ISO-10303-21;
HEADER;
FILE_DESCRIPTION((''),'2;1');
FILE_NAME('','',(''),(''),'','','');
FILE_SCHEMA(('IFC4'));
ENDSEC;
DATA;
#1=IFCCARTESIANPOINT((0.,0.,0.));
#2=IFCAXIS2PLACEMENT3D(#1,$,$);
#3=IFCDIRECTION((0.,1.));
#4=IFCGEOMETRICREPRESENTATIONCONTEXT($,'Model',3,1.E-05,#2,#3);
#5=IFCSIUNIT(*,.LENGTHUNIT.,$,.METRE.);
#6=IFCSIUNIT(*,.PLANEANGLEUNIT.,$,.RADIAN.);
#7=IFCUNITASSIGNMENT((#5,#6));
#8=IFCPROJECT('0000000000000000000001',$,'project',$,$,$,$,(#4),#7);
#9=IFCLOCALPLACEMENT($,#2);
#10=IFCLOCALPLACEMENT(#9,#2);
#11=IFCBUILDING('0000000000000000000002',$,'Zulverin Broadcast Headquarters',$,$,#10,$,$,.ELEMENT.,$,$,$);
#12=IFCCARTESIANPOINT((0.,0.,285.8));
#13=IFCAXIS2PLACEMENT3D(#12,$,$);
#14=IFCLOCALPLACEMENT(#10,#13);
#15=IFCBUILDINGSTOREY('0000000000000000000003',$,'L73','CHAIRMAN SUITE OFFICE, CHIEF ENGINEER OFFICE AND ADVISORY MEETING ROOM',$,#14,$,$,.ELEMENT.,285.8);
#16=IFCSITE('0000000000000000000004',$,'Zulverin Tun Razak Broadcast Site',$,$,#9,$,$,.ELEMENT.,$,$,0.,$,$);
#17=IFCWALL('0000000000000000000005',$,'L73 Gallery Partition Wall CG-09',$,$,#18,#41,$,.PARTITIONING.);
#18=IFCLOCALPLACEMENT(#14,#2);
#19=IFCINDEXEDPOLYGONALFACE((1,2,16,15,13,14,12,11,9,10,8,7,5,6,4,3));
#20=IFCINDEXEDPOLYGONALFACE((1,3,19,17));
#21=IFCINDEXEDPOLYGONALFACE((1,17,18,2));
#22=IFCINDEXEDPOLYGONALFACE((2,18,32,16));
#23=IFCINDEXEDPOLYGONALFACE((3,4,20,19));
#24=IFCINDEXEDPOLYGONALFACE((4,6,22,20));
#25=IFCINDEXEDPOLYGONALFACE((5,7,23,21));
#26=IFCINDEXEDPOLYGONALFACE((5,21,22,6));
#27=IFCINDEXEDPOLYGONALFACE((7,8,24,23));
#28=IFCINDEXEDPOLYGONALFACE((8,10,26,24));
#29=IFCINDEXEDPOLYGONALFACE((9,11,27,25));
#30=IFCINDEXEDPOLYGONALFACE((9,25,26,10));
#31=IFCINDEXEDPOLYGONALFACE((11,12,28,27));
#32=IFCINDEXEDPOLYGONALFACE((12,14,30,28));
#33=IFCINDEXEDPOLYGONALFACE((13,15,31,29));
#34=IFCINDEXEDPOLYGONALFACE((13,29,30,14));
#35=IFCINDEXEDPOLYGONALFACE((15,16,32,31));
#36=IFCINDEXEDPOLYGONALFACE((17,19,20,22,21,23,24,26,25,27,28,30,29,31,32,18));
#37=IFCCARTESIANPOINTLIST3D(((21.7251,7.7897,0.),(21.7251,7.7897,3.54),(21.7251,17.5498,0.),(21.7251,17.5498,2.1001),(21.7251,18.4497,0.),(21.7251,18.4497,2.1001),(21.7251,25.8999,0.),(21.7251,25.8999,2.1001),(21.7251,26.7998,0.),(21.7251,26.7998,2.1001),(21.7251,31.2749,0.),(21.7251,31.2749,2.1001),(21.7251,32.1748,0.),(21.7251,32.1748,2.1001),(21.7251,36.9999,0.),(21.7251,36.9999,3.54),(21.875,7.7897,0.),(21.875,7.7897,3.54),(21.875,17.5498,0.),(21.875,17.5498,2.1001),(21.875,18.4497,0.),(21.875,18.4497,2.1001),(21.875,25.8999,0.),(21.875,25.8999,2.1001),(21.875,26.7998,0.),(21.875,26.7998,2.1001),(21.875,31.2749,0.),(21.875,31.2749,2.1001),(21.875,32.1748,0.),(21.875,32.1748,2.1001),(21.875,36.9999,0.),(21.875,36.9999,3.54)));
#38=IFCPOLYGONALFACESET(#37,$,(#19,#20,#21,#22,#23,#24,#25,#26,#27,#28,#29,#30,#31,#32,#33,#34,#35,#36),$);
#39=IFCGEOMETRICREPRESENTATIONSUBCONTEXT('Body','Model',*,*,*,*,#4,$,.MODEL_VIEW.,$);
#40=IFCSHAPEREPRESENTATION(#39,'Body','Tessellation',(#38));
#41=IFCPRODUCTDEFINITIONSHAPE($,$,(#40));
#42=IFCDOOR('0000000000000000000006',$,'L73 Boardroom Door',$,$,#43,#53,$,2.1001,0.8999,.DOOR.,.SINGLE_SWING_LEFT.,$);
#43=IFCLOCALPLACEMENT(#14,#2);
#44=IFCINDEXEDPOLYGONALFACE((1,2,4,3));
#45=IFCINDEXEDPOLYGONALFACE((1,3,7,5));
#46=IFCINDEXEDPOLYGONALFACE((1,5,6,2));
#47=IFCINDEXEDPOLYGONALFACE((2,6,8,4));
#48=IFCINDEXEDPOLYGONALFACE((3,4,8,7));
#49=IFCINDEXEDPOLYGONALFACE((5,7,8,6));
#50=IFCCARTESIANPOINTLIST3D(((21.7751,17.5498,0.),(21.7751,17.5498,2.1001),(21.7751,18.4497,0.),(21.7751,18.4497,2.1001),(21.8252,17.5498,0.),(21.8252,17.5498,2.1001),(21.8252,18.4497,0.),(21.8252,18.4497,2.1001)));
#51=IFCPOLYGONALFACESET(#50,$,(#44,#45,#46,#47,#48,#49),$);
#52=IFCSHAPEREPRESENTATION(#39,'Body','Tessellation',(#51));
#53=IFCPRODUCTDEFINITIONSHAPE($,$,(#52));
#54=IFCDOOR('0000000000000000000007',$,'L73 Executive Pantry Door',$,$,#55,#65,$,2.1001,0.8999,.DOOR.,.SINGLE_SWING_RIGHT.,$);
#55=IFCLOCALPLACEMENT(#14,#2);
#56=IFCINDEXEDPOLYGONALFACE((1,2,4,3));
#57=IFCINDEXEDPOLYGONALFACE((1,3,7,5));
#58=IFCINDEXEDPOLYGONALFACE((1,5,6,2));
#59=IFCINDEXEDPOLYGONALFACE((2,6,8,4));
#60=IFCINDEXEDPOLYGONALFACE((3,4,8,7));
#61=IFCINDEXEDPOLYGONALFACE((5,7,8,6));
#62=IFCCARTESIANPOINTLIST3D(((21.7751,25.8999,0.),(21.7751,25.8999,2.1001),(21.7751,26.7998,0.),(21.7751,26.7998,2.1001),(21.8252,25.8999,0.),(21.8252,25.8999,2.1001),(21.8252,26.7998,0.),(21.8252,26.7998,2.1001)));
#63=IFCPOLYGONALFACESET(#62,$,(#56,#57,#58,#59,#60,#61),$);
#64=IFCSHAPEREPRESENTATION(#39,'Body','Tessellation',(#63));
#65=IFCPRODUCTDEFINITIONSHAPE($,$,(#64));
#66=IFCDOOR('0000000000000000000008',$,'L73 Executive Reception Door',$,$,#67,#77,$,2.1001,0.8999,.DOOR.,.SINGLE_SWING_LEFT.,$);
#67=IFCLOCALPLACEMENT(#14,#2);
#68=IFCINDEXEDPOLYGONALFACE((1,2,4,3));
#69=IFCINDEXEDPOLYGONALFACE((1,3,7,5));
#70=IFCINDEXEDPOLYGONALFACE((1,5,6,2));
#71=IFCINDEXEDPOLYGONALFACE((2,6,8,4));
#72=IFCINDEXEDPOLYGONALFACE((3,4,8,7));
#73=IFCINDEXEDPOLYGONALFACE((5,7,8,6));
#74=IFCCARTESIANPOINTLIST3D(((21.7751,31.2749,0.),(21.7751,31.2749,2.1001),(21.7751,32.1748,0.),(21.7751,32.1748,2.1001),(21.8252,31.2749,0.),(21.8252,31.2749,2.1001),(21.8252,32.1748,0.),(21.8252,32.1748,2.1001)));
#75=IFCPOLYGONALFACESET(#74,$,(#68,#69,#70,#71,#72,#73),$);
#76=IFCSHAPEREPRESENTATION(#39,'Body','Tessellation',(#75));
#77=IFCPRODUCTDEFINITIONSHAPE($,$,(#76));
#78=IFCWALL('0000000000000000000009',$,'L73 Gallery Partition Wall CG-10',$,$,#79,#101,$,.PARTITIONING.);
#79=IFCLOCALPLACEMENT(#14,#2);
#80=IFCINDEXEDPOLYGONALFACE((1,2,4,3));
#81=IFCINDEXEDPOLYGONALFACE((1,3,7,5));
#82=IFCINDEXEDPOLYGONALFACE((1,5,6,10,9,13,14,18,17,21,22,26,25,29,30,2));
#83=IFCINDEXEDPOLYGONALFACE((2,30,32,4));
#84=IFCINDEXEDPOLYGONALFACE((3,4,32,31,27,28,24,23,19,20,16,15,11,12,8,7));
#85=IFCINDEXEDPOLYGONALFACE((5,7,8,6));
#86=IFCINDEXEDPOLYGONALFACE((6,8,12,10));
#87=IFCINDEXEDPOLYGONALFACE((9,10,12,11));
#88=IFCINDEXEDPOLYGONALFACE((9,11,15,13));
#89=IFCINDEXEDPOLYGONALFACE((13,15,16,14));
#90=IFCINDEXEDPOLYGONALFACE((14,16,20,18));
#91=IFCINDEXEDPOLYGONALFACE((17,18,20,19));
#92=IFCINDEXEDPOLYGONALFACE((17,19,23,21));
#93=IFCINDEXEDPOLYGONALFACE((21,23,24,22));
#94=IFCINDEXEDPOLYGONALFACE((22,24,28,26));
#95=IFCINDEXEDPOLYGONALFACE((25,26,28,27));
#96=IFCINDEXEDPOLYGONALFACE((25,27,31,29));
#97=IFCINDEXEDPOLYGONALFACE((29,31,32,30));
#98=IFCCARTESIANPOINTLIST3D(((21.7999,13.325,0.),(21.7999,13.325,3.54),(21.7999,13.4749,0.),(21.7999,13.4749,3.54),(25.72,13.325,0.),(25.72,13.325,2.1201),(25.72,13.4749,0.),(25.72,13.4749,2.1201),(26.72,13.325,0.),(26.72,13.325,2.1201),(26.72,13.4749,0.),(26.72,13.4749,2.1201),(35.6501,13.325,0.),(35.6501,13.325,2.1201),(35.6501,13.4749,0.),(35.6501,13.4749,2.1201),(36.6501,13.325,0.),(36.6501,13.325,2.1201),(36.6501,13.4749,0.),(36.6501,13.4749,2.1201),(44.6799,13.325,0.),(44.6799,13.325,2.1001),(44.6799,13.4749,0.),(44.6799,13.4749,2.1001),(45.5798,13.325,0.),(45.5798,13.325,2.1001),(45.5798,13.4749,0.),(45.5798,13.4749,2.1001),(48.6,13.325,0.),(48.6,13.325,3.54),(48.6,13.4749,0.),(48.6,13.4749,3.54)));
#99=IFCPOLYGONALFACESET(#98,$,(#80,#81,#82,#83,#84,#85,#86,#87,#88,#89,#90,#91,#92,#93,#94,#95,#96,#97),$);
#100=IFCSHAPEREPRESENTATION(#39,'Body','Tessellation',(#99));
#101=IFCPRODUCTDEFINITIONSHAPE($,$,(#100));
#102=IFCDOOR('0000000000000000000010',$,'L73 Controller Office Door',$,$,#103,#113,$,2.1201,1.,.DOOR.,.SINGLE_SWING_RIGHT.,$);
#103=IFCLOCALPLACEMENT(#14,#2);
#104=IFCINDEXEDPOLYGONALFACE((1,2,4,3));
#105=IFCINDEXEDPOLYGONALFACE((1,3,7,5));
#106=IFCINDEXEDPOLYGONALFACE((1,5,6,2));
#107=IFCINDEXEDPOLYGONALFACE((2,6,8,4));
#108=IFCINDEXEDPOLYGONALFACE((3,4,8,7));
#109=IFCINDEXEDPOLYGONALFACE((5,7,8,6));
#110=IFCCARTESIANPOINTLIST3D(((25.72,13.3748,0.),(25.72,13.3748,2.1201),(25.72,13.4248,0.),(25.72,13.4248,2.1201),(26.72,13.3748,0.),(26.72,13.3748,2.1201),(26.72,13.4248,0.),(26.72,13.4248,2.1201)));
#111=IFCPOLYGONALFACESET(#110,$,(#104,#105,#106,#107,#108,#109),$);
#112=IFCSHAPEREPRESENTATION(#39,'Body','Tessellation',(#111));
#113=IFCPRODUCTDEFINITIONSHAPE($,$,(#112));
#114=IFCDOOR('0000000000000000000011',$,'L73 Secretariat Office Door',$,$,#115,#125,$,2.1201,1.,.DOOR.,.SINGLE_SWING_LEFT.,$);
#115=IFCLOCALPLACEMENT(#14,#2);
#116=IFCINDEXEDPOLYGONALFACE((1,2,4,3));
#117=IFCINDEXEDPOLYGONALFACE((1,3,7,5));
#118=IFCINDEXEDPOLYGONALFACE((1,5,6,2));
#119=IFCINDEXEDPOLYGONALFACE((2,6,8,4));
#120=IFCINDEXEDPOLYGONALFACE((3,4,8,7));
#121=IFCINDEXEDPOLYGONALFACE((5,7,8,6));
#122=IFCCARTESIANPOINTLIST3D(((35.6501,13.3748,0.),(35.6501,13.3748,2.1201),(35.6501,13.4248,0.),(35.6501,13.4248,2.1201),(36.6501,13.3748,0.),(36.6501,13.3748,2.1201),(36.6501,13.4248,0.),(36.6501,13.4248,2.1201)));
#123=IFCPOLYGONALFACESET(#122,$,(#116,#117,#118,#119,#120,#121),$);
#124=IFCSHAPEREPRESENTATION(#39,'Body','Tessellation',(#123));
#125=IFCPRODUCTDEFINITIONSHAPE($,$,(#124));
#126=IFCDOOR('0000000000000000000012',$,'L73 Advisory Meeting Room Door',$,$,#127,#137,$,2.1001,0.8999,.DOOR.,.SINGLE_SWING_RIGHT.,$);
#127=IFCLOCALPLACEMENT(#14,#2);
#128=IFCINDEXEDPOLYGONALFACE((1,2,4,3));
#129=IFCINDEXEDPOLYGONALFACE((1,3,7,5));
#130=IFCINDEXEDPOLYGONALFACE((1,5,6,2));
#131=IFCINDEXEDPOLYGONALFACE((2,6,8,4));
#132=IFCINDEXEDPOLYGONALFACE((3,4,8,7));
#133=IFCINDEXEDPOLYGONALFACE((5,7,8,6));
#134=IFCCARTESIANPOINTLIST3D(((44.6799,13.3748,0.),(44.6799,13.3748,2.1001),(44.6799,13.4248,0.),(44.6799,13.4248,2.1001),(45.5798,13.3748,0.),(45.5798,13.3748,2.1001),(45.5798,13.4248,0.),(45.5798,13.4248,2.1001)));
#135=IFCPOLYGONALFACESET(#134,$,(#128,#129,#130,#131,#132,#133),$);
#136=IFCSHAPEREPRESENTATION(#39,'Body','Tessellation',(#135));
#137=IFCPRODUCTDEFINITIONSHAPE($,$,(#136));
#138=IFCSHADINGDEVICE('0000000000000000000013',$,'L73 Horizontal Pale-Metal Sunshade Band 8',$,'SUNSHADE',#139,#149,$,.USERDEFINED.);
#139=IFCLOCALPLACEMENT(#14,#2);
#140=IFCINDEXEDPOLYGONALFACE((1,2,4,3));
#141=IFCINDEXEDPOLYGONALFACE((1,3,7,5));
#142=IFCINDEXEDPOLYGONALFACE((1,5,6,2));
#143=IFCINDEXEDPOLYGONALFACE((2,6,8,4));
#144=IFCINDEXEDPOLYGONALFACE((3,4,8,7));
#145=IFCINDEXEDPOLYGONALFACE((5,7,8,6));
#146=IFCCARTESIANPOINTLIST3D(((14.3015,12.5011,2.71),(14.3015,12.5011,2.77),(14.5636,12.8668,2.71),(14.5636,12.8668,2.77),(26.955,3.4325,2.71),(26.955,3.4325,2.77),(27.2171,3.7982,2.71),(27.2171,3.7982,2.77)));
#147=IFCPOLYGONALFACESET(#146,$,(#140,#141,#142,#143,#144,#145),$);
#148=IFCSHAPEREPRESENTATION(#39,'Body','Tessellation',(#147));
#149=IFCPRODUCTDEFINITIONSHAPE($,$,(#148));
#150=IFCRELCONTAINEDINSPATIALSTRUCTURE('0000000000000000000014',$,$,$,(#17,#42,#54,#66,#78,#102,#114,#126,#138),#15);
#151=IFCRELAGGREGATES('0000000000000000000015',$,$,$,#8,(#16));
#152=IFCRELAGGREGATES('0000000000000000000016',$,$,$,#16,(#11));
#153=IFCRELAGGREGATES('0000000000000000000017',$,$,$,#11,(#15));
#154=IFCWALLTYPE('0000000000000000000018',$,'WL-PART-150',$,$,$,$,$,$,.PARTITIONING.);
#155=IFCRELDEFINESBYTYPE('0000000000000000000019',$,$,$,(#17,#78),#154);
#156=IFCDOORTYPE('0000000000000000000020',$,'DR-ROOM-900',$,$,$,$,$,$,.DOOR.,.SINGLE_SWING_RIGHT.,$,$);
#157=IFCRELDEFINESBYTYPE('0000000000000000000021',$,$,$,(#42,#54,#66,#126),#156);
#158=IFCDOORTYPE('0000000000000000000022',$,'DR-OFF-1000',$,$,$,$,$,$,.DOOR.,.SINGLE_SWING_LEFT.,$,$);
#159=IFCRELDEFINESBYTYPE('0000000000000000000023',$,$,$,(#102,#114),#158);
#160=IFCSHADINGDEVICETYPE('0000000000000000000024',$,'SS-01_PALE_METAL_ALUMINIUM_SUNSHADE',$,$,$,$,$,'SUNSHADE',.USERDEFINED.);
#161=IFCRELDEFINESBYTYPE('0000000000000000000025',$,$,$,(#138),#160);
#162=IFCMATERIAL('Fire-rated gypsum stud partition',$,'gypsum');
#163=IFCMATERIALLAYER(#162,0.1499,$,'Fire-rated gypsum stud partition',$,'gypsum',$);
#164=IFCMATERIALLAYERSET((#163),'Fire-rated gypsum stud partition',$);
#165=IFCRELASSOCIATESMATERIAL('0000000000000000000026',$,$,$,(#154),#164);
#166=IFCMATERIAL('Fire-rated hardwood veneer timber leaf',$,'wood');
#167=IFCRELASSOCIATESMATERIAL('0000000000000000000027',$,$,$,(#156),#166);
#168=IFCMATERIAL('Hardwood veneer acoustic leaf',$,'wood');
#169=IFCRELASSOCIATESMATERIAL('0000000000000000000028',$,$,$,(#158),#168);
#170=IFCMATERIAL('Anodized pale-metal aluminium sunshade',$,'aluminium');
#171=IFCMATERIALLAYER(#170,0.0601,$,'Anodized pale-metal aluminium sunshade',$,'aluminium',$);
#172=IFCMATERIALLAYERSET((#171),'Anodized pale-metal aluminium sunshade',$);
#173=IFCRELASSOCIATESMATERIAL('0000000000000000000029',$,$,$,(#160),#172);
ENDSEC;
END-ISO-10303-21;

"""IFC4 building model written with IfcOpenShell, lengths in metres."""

from ifc_helpers import new_model, si_unit, direction, frame, frame_2d, origin, origin_2d, place, context, subcontext, project, spatial, rectangle, extrude, material, layer, layer_set, type_object, element, fill, save


model = new_model("IFC4")

# Units and contexts
model_context = context("Model", 3, precision=1e-05, world=origin(), true_north=direction((0.0, 1.0)))
body_context = subcontext(model_context, "Body", "Model", "MODEL_VIEW")
ifc_project = project(units=[si_unit("LENGTHUNIT", "METRE"), si_unit("PLANEANGLEUNIT", "RADIAN")], contexts=[model_context])

# Site, building, storey
site_placement = place(None, origin())
site = spatial("IfcSite", under=ifc_project, at=site_placement, Name="Zulverin Tun Razak Broadcast Site", CompositionType="ELEMENT", RefElevation=0.0)
building_placement = place(site_placement, origin())
building = spatial("IfcBuilding", under=site, at=building_placement, Name="Zulverin Broadcast Headquarters", CompositionType="ELEMENT")
storey_placement = place(building_placement, frame((0.0, 0.0, 285.8)))
storey = spatial("IfcBuildingStorey", under=building, at=storey_placement, Name="L73", Description="CHAIRMAN SUITE OFFICE, CHIEF ENGINEER OFFICE AND ADVISORY MEETING ROOM", CompositionType="ELEMENT", Elevation=285.8)

# Walls, openings, doors
ifc_material_1 = material(Name="Fire-rated gypsum stud partition", Category="gypsum")
ifc_layer_1 = layer(ifc_material_1, 0.1499, Name="Fire-rated gypsum stud partition", Category="gypsum")
ifc_layer_set_1 = layer_set([ifc_layer_1], Name="Fire-rated gypsum stud partition")
wall_type_1 = type_object("IfcWallType", Name="WL-PART-150", PredefinedType="PARTITIONING", material=ifc_layer_set_1)
wall_1_placement = place(storey_placement, frame((21.8, 7.7898, 0.0), z_axis=(0.0, 0.0, 1.0), x_axis=(0.0, 1.0, 0.0)))
wall_1 = element("IfcWall", 1, at=wall_1_placement, inside=storey, type_object=wall_type_1, Name="L73 Gallery Partition Wall CG-09", PredefinedType="PARTITIONING", context=body_context, shape_type="SweptSolid", body=[
    extrude(rectangle(XDim=29.2102, YDim=0.1499, at=frame_2d((14.605, 0.0))), origin(), (0.0, 0.0, 1.0), 3.54),
])
opening_1_placement = place(wall_1_placement, frame((9.76, 0.0, 0.0)))
opening_1 = element("IfcOpeningElement", 2, at=opening_1_placement, cuts=wall_1, PredefinedType="OPENING", context=body_context, shape_type="SweptSolid", body=[
    extrude(rectangle(XDim=0.8999, YDim=2.1001, at=frame_2d((0.45, 1.05))), frame((0.0, 0.085, 0.0), z_axis=(0.0, -1.0, 0.0), x_axis=(1.0, 0.0, 0.0)), (0.0, 0.0, 1.0), 0.1699),
])
opening_2_placement = place(wall_1_placement, frame((18.1101, 0.0, 0.0)))
opening_2 = element("IfcOpeningElement", 3, at=opening_2_placement, cuts=wall_1, PredefinedType="OPENING", context=body_context, shape_type="SweptSolid", body=[
    extrude(rectangle(XDim=0.8999, YDim=2.1001, at=frame_2d((0.45, 1.05))), frame((0.0, 0.085, 0.0), z_axis=(0.0, -1.0, 0.0), x_axis=(1.0, 0.0, 0.0)), (0.0, 0.0, 1.0), 0.1699),
])
opening_3_placement = place(wall_1_placement, frame((23.4851, 0.0, 0.0)))
opening_3 = element("IfcOpeningElement", 4, at=opening_3_placement, cuts=wall_1, PredefinedType="OPENING", context=body_context, shape_type="SweptSolid", body=[
    extrude(rectangle(XDim=0.8999, YDim=2.1001, at=frame_2d((0.45, 1.05))), frame((0.0, 0.085, 0.0), z_axis=(0.0, -1.0, 0.0), x_axis=(1.0, 0.0, 0.0)), (0.0, 0.0, 1.0), 0.1699),
])
ifc_material_2 = material(Name="Fire-rated hardwood veneer timber leaf", Category="wood")
door_type_1 = type_object("IfcDoorType", Name="DR-ROOM-900", OperationType="SINGLE_SWING_RIGHT", PredefinedType="DOOR", material=ifc_material_2)
door_1_placement = place(opening_1_placement, origin())
door_1 = element("IfcDoor", 5, at=door_1_placement, inside=storey, type_object=door_type_1, Name="L73 Boardroom Door", OperationType="SINGLE_SWING_LEFT", OverallHeight=2.1001, OverallWidth=0.8999, PredefinedType="DOOR", context=body_context, shape_type="SweptSolid", body=[
    extrude(rectangle(XDim=0.8999, YDim=2.1001, at=frame_2d((0.45, 1.05))), frame((0.0, 0.0249, 0.0), z_axis=(0.0, -1.0, 0.0), x_axis=(1.0, 0.0, 0.0)), (0.0, 0.0, 1.0), 0.05),
])
fill(opening_1, door_1)
door_2_placement = place(opening_2_placement, origin())
door_2 = element("IfcDoor", 6, at=door_2_placement, inside=storey, type_object=door_type_1, Name="L73 Executive Pantry Door", OperationType="SINGLE_SWING_RIGHT", OverallHeight=2.1001, OverallWidth=0.8999, PredefinedType="DOOR", context=body_context, shape_type="SweptSolid", body=[
    extrude(rectangle(XDim=0.8999, YDim=2.1001, at=frame_2d((0.45, 1.05))), frame((0.0, 0.0249, 0.0), z_axis=(0.0, -1.0, 0.0), x_axis=(1.0, 0.0, 0.0)), (0.0, 0.0, 1.0), 0.05),
])
fill(opening_2, door_2)
door_3_placement = place(opening_3_placement, origin())
door_3 = element("IfcDoor", 7, at=door_3_placement, inside=storey, type_object=door_type_1, Name="L73 Executive Reception Door", OperationType="SINGLE_SWING_LEFT", OverallHeight=2.1001, OverallWidth=0.8999, PredefinedType="DOOR", context=body_context, shape_type="SweptSolid", body=[
    extrude(rectangle(XDim=0.8999, YDim=2.1001, at=frame_2d((0.45, 1.05))), frame((0.0, 0.0249, 0.0), z_axis=(0.0, -1.0, 0.0), x_axis=(1.0, 0.0, 0.0)), (0.0, 0.0, 1.0), 0.05),
])
fill(opening_3, door_3)
wall_2_placement = place(storey_placement, frame((21.8, 13.3999, 0.0), z_axis=(0.0, 0.0, 1.0), x_axis=(1.0, 0.0, 0.0)))
wall_2 = element("IfcWall", 8, at=wall_2_placement, inside=storey, type_object=wall_type_1, Name="L73 Gallery Partition Wall CG-10", PredefinedType="PARTITIONING", context=body_context, shape_type="SweptSolid", body=[
    extrude(rectangle(XDim=26.8, YDim=0.1499, at=frame_2d((13.3999, 0.0))), origin(), (0.0, 0.0, 1.0), 3.54),
])
opening_4_placement = place(wall_2_placement, frame((3.9199, 0.0, 0.0)))
opening_4 = element("IfcOpeningElement", 9, at=opening_4_placement, cuts=wall_2, PredefinedType="OPENING", context=body_context, shape_type="SweptSolid", body=[
    extrude(rectangle(XDim=1.0, YDim=2.1201, at=frame_2d((0.5, 1.0601))), frame((0.0, 0.085, 0.0), z_axis=(0.0, -1.0, 0.0), x_axis=(1.0, 0.0, 0.0)), (0.0, 0.0, 1.0), 0.1699),
])
opening_5_placement = place(wall_2_placement, frame((13.8501, 0.0, 0.0)))
opening_5 = element("IfcOpeningElement", 10, at=opening_5_placement, cuts=wall_2, PredefinedType="OPENING", context=body_context, shape_type="SweptSolid", body=[
    extrude(rectangle(XDim=1.0, YDim=2.1201, at=frame_2d((0.5, 1.0601))), frame((0.0, 0.085, 0.0), z_axis=(0.0, -1.0, 0.0), x_axis=(1.0, 0.0, 0.0)), (0.0, 0.0, 1.0), 0.1699),
])
opening_6_placement = place(wall_2_placement, frame((22.8799, 0.0, 0.0)))
opening_6 = element("IfcOpeningElement", 11, at=opening_6_placement, cuts=wall_2, PredefinedType="OPENING", context=body_context, shape_type="SweptSolid", body=[
    extrude(rectangle(XDim=0.8999, YDim=2.1001, at=frame_2d((0.45, 1.05))), frame((0.0, 0.085, 0.0), z_axis=(0.0, -1.0, 0.0), x_axis=(1.0, 0.0, 0.0)), (0.0, 0.0, 1.0), 0.1699),
])
ifc_material_3 = material(Name="Hardwood veneer acoustic leaf", Category="wood")
door_type_2 = type_object("IfcDoorType", Name="DR-OFF-1000", OperationType="SINGLE_SWING_LEFT", PredefinedType="DOOR", material=ifc_material_3)
door_4_placement = place(opening_4_placement, origin())
door_4 = element("IfcDoor", 12, at=door_4_placement, inside=storey, type_object=door_type_2, Name="L73 Controller Office Door", OperationType="SINGLE_SWING_RIGHT", OverallHeight=2.1201, OverallWidth=1.0, PredefinedType="DOOR", context=body_context, shape_type="SweptSolid", body=[
    extrude(rectangle(XDim=1.0, YDim=2.1201, at=frame_2d((0.5, 1.0601))), frame((0.0, 0.0249, 0.0), z_axis=(0.0, -1.0, 0.0), x_axis=(1.0, 0.0, 0.0)), (0.0, 0.0, 1.0), 0.05),
])
fill(opening_4, door_4)
door_5_placement = place(opening_5_placement, origin())
door_5 = element("IfcDoor", 13, at=door_5_placement, inside=storey, type_object=door_type_2, Name="L73 Secretariat Office Door", OperationType="SINGLE_SWING_LEFT", OverallHeight=2.1201, OverallWidth=1.0, PredefinedType="DOOR", context=body_context, shape_type="SweptSolid", body=[
    extrude(rectangle(XDim=1.0, YDim=2.1201, at=frame_2d((0.5, 1.0601))), frame((0.0, 0.0249, 0.0), z_axis=(0.0, -1.0, 0.0), x_axis=(1.0, 0.0, 0.0)), (0.0, 0.0, 1.0), 0.05),
])
fill(opening_5, door_5)
door_6_placement = place(opening_6_placement, origin())
door_6 = element("IfcDoor", 14, at=door_6_placement, inside=storey, type_object=door_type_1, Name="L73 Advisory Meeting Room Door", OperationType="SINGLE_SWING_RIGHT", OverallHeight=2.1001, OverallWidth=0.8999, PredefinedType="DOOR", context=body_context, shape_type="SweptSolid", body=[
    extrude(rectangle(XDim=0.8999, YDim=2.1001, at=frame_2d((0.45, 1.05))), frame((0.0, 0.0249, 0.0), z_axis=(0.0, -1.0, 0.0), x_axis=(1.0, 0.0, 0.0)), (0.0, 0.0, 1.0), 0.05),
])
fill(opening_6, door_6)

# Shading device
ifc_material_4 = material(Name="Anodized pale-metal aluminium sunshade", Category="aluminium")
ifc_layer_2 = layer(ifc_material_4, 0.0601, Name="Anodized pale-metal aluminium sunshade", Category="aluminium")
ifc_layer_set_2 = layer_set([ifc_layer_2], Name="Anodized pale-metal aluminium sunshade")
shading_device_type = type_object("IfcShadingDeviceType", Name="SS-01_PALE_METAL_ALUMINIUM_SUNSHADE", ElementType="SUNSHADE", PredefinedType="USERDEFINED", material=ifc_layer_set_2)
shading_device_placement = place(storey_placement, frame((20.7593, 8.1497, 2.71), z_axis=(0.0, 0.0, 1.0), x_axis=(0.812809, -0.58253, 0.0)))
element("IfcShadingDevice", 15, at=shading_device_placement, inside=storey, type_object=shading_device_type, Name="L73 Horizontal Pale-Metal Sunshade Band 8", ObjectType="SUNSHADE", PredefinedType="USERDEFINED", context=body_context, shape_type="SweptSolid", body=[
    extrude(rectangle(XDim=15.5676, YDim=0.45, at=origin_2d()), origin(), (0.0, 0.0, 1.0), 0.0601),
])

save(model, "model.ifc")
